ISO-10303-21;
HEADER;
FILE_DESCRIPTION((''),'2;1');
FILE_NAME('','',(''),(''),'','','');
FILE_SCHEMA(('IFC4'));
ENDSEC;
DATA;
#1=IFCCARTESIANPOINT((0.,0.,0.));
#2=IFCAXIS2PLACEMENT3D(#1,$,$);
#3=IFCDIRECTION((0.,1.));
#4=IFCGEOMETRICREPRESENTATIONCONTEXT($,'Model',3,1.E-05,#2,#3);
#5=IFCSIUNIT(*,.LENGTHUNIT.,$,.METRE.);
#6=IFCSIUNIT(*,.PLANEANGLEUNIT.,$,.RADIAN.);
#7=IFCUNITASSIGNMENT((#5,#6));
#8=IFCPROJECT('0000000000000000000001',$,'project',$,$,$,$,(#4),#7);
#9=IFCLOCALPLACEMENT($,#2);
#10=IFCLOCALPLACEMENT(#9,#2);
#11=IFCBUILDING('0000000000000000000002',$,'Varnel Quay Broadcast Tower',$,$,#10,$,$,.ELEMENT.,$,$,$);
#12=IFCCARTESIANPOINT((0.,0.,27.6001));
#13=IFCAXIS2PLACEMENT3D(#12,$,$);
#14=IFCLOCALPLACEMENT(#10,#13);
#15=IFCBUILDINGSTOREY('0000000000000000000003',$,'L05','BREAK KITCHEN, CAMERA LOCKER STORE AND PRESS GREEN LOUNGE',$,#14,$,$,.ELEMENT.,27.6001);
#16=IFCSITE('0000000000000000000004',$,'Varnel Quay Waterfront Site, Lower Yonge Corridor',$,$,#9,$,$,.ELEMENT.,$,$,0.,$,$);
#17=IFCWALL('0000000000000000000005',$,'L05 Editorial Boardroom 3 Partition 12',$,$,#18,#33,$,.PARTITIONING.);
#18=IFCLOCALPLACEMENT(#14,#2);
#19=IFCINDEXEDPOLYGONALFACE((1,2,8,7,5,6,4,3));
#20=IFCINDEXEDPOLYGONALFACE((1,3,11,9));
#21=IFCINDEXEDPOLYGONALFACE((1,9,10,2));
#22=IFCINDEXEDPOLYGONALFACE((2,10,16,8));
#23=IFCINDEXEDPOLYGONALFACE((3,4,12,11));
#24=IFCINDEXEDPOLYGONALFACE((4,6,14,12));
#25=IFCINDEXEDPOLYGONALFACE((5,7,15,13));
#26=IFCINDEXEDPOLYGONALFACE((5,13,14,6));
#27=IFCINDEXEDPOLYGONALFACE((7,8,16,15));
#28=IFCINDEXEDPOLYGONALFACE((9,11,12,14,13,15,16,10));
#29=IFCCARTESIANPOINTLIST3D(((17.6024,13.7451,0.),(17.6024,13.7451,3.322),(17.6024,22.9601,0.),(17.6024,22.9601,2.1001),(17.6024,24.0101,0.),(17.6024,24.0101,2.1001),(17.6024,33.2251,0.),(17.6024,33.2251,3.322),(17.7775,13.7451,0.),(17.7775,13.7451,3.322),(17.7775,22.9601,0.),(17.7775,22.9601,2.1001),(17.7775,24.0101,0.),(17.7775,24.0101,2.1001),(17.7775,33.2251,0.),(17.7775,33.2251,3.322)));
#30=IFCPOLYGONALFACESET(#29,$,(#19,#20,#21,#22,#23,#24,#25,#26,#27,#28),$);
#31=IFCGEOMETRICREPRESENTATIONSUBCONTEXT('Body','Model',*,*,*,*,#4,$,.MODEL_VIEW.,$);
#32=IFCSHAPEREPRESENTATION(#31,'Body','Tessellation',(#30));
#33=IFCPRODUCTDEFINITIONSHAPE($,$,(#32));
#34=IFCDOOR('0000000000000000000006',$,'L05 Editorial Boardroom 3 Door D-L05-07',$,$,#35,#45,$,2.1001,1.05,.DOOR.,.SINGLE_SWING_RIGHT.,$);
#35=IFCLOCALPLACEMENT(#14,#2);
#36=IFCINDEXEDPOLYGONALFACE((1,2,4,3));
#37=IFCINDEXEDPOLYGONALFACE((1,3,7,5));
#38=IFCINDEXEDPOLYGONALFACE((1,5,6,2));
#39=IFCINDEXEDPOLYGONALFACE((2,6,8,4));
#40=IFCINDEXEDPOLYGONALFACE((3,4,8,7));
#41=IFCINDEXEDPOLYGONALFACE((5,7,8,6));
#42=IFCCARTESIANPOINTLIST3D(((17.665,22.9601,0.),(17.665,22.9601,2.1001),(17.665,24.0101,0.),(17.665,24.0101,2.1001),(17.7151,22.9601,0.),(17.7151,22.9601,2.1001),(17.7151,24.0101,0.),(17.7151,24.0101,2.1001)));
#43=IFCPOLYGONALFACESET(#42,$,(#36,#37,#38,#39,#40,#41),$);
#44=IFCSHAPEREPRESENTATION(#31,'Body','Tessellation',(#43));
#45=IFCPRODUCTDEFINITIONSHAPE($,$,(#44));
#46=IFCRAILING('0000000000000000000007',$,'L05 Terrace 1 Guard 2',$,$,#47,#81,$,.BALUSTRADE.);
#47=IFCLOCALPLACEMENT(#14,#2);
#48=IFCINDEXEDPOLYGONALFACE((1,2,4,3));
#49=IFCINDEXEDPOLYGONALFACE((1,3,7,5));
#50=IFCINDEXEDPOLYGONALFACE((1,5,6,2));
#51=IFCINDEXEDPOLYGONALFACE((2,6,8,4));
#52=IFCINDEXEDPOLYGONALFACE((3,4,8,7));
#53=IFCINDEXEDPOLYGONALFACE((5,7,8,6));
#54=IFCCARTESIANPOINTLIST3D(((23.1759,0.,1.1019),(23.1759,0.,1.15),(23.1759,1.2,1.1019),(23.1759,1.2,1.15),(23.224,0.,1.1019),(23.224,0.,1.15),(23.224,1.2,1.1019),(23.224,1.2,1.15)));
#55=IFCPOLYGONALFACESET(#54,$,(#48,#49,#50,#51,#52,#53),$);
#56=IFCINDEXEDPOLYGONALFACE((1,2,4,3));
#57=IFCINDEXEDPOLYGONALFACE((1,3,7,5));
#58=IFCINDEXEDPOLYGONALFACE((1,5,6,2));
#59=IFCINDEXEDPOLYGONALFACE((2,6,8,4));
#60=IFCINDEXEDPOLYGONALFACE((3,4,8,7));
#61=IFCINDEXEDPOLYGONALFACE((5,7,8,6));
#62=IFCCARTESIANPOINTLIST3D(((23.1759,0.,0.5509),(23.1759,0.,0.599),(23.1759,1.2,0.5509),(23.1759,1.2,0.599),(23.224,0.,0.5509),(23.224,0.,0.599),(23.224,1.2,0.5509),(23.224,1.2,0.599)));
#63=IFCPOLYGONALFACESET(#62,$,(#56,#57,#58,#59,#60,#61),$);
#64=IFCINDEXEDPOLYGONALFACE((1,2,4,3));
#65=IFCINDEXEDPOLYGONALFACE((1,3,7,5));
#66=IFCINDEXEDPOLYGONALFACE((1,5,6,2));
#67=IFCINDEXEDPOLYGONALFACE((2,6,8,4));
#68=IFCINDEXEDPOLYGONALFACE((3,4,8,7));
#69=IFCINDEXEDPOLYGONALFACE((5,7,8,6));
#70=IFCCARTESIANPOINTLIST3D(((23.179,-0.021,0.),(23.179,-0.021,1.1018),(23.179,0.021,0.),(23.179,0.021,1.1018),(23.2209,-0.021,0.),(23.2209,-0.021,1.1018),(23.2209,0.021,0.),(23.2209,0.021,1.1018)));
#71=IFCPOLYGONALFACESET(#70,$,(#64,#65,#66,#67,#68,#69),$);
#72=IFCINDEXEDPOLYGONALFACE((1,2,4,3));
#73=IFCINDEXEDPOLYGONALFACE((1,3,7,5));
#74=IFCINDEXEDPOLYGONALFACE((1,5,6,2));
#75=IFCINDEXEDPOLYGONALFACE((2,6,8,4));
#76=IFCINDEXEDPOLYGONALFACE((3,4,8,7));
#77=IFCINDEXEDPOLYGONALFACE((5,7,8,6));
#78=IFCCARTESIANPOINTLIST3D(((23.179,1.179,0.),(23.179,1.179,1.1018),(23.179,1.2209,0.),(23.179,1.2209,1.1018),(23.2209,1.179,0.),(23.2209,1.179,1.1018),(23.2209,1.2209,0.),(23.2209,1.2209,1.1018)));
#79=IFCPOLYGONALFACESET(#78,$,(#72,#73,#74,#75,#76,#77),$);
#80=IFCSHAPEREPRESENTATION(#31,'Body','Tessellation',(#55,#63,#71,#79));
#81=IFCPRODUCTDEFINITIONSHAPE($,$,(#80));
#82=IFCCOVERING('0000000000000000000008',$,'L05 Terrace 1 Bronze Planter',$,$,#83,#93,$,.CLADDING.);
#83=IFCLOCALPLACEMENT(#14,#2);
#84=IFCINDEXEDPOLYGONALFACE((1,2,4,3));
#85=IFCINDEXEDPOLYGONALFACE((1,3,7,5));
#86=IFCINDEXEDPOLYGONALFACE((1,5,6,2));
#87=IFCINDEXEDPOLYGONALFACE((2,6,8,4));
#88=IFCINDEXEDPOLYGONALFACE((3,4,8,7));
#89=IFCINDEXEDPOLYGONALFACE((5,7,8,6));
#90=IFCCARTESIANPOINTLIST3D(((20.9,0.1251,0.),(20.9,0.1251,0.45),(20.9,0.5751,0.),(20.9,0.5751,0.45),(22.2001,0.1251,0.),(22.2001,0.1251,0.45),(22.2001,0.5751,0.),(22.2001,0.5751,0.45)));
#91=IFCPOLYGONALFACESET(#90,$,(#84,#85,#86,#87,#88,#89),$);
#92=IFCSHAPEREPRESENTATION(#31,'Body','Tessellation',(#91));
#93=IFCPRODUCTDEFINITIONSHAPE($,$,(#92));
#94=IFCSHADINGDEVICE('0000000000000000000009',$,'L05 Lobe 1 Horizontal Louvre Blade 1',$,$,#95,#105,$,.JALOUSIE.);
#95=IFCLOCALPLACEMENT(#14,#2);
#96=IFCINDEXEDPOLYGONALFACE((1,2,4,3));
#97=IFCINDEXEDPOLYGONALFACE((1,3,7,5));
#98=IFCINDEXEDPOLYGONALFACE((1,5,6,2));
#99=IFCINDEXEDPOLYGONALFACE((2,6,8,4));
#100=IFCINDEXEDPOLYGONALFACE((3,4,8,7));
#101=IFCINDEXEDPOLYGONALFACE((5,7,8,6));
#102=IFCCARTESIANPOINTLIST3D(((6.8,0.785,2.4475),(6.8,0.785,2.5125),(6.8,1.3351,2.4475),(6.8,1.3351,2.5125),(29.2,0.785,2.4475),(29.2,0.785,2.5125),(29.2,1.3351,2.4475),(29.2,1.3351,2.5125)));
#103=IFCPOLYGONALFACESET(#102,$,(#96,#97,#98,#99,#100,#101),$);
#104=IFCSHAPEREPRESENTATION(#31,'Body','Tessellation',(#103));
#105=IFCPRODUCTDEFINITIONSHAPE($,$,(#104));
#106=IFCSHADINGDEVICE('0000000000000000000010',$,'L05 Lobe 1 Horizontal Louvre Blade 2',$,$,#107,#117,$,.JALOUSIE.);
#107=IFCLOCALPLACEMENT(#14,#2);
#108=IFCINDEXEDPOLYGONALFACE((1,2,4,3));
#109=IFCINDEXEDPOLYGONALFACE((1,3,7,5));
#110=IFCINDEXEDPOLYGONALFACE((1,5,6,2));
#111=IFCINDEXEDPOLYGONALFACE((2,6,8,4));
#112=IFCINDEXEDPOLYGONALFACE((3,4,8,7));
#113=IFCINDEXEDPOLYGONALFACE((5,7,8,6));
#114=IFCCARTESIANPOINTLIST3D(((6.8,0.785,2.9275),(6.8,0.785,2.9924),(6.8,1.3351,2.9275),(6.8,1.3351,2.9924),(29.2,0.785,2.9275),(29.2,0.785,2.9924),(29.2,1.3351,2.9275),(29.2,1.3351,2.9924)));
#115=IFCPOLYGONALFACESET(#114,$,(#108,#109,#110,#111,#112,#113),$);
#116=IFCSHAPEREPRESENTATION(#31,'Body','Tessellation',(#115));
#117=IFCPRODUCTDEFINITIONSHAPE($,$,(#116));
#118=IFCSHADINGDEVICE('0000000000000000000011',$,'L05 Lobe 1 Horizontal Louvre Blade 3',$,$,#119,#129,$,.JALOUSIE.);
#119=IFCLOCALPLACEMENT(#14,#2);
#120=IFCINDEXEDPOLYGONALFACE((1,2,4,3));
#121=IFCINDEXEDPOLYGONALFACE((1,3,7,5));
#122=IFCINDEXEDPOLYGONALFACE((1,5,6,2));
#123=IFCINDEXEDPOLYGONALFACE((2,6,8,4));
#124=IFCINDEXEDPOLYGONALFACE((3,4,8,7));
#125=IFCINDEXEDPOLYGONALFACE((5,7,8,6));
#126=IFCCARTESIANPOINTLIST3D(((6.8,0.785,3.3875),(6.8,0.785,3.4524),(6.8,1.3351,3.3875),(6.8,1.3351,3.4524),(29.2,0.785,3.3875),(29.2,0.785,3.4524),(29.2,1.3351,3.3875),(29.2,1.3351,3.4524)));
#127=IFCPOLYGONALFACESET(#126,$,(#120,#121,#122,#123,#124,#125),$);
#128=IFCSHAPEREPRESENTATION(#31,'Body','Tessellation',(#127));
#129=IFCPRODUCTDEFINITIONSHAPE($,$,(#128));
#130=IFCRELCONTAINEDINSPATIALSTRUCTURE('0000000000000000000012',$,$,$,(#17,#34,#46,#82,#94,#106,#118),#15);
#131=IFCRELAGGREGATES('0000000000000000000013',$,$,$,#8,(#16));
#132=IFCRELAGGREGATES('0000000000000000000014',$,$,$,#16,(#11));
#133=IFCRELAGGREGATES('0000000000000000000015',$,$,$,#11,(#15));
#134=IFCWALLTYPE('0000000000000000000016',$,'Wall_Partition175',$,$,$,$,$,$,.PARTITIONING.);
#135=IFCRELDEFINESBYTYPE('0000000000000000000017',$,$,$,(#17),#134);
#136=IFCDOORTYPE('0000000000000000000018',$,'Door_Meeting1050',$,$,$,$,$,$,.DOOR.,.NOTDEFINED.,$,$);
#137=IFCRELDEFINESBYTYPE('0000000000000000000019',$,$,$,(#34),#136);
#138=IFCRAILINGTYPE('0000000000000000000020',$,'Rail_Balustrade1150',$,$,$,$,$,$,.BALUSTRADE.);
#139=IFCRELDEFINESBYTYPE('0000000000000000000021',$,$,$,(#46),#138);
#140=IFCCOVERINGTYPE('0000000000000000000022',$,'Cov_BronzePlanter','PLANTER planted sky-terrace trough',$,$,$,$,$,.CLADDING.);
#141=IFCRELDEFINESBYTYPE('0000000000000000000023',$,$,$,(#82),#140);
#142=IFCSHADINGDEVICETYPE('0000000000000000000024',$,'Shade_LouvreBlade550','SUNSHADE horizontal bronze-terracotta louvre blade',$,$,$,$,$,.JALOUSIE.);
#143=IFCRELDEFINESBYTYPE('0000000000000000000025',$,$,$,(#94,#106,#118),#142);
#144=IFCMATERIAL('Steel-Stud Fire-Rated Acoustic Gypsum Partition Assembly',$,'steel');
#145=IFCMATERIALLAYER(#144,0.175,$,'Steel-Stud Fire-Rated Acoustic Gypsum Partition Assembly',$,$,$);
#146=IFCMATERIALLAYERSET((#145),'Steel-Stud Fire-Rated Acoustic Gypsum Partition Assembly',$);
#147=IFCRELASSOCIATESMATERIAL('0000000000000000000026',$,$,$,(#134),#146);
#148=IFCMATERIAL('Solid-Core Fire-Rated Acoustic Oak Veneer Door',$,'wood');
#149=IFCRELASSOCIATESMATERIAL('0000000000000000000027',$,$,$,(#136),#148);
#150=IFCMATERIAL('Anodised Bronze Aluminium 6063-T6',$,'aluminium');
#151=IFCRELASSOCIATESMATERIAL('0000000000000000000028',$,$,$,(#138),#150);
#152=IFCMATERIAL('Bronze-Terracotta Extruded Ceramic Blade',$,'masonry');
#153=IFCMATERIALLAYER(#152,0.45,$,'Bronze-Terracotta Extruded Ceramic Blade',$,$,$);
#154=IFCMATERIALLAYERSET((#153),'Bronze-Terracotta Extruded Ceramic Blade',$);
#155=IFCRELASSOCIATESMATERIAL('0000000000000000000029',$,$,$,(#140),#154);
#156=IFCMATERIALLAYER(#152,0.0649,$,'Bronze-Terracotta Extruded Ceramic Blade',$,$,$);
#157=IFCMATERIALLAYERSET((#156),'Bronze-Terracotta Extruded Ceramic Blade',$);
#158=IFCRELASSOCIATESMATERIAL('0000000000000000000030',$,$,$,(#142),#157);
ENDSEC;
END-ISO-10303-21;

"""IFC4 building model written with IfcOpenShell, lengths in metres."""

from ifc_helpers import new_model, si_unit, direction, frame, frame_2d, origin, origin_2d, place, context, subcontext, project, spatial, rectangle, extrude, source, transform, mapped, material, layer, layer_set, type_object, type_shapes, element, fill, save


model = new_model("IFC4")

# Units and contexts
model_context = context("Model", 3, precision=1e-05, world=origin(), true_north=direction((0.0, 1.0)))
body_context = subcontext(model_context, "Body", "Model", "MODEL_VIEW")
ifc_project = project(units=[si_unit("LENGTHUNIT", "METRE"), si_unit("PLANEANGLEUNIT", "RADIAN")], contexts=[model_context])

# Site, building, storey
site_placement = place(None, origin())
site = spatial("IfcSite", under=ifc_project, at=site_placement, Name="Varnel Quay Waterfront Site, Lower Yonge Corridor", CompositionType="ELEMENT", RefElevation=0.0)
building_placement = place(site_placement, origin())
building = spatial("IfcBuilding", under=site, at=building_placement, Name="Varnel Quay Broadcast Tower", CompositionType="ELEMENT")
storey_placement = place(building_placement, frame((0.0, 0.0, 27.6001)))
storey = spatial("IfcBuildingStorey", under=building, at=storey_placement, Name="L05", Description="BREAK KITCHEN, CAMERA LOCKER STORE AND PRESS GREEN LOUNGE", CompositionType="ELEMENT", Elevation=27.6001)

# Shared definitions
ifc_material_1 = material(Name="Anodised Bronze Aluminium 6063-T6", Category="aluminium")

# Shared definitions
ifc_material_2 = material(Name="Steel-Stud Fire-Rated Acoustic Gypsum Partition Assembly", Category="steel")

# Shared definitions
ifc_material_3 = material(Name="Solid-Core Fire-Rated Acoustic Oak Veneer Door", Category="wood")

# Wall, opening, door
ifc_layer_1 = layer(ifc_material_2, 0.175, Name="Steel-Stud Fire-Rated Acoustic Gypsum Partition Assembly")
ifc_layer_set_1 = layer_set([ifc_layer_1], Name="Steel-Stud Fire-Rated Acoustic Gypsum Partition Assembly")
wall_type_1 = type_object("IfcWallType", Name="Wall_Partition175", PredefinedType="PARTITIONING", material=ifc_layer_set_1)
wall_1_placement = place(storey_placement, frame((17.6899, 13.7451, 0.0), z_axis=(0.0, 0.0, 1.0), x_axis=(0.0, 1.0, 0.0)))
wall_1 = element("IfcWall", 1, at=wall_1_placement, inside=storey, type_object=wall_type_1, Name="L05 Editorial Boardroom 3 Partition 12", PredefinedType="PARTITIONING", context=body_context, shape_type="SweptSolid", body=[
    extrude(rectangle(XDim=19.48, YDim=0.175, at=frame_2d((9.74, 0.0))), origin(), (0.0, 0.0, 1.0), 3.322),
])
opening_1_placement = place(wall_1_placement, frame((9.2151, 0.0, 0.0)))
opening_1 = element("IfcOpeningElement", 2, at=opening_1_placement, cuts=wall_1, PredefinedType="OPENING", context=body_context, shape_type="SweptSolid", body=[
    extrude(rectangle(XDim=1.05, YDim=2.1001, at=frame_2d((0.5249, 1.05))), frame((0.0, 0.0977, 0.0), z_axis=(0.0, -1.0, 0.0), x_axis=(1.0, 0.0, 0.0)), (0.0, 0.0, 1.0), 0.1951),
])
door_type_1 = type_object("IfcDoorType", Name="Door_Meeting1050", OperationType="NOTDEFINED", PredefinedType="DOOR", material=ifc_material_3)
shared_shape_1 = source(origin(), body_context, "Body", "SweptSolid", [
    extrude(rectangle(XDim=1.05, YDim=2.1001, at=frame_2d((0.5249, 1.05))), frame((0.0, 0.0249, 0.0), z_axis=(0.0, -1.0, 0.0), x_axis=(1.0, 0.0, 0.0)), (0.0, 0.0, 1.0), 0.05),
])
type_shapes(door_type_1, [shared_shape_1])
door_1_placement = place(opening_1_placement, origin())
door_1 = element("IfcDoor", 3, at=door_1_placement, inside=storey, type_object=door_type_1, Name="L05 Editorial Boardroom 3 Door D-L05-07", OperationType="SINGLE_SWING_RIGHT", OverallHeight=2.1001, OverallWidth=1.05, PredefinedType="DOOR", context=body_context, shape_type="MappedRepresentation", body=[
    mapped(shared_shape_1, transform((0.0, 0.0, 0.0), x_axis=(1.0, 0.0, 0.0), y_axis=(0.0, 1.0, 0.0), z_axis=(0.0, 0.0, 1.0), scale=1.0)),
])
fill(opening_1, door_1)

# Railing
railing_type = type_object("IfcRailingType", Name="Rail_Balustrade1150", PredefinedType="BALUSTRADE", material=ifc_material_1)
railing_placement = place(storey_placement, frame((23.2, 0.0, 0.0)))
element("IfcRailing", 4, at=railing_placement, inside=storey, type_object=railing_type, Name="L05 Terrace 1 Guard 2", PredefinedType="BALUSTRADE", context=body_context, shape_type="SweptSolid", body=[
    extrude(rectangle(XDim=0.0481, YDim=0.0481, at=origin_2d()), frame((0.0, 0.0, 1.126), z_axis=(0.0, 1.0, 0.0), x_axis=(-1.0, 0.0, 0.0)), (0.0, 0.0, 1.0), 1.2),
    extrude(rectangle(XDim=0.0481, YDim=0.0481, at=origin_2d()), frame((0.0, 0.0, 0.575), z_axis=(0.0, 1.0, 0.0), x_axis=(-1.0, 0.0, 0.0)), (0.0, 0.0, 1.0), 1.2),
    extrude(rectangle(XDim=0.042, YDim=0.042, at=origin_2d()), origin(), (0.0, 0.0, 1.0), 1.1018),
    extrude(rectangle(XDim=0.042, YDim=0.042, at=origin_2d()), frame((0.0, 1.2, 0.0)), (0.0, 0.0, 1.0), 1.1018),
])

# Covering
ifc_material_4 = material(Name="Bronze-Terracotta Extruded Ceramic Blade", Category="masonry")
ifc_layer_2 = layer(ifc_material_4, 0.45, Name="Bronze-Terracotta Extruded Ceramic Blade")
ifc_layer_set_2 = layer_set([ifc_layer_2], Name="Bronze-Terracotta Extruded Ceramic Blade")
covering_type = type_object("IfcCoveringType", Name="Cov_BronzePlanter", Description="PLANTER planted sky-terrace trough", PredefinedType="CLADDING", material=ifc_layer_set_2)
shared_shape_2 = source(origin(), body_context, "Body", "SweptSolid", [
    extrude(rectangle(XDim=1.3, YDim=0.45, at=origin_2d()), origin(), (0.0, 0.0, 1.0), 0.45),
])
type_shapes(covering_type, [shared_shape_2])
covering_placement = place(storey_placement, frame((21.55, 0.3501, 0.0), z_axis=(0.0, 0.0, 1.0), x_axis=(1.0, 0.0, 0.0)))
element("IfcCovering", 5, at=covering_placement, inside=storey, type_object=covering_type, Name="L05 Terrace 1 Bronze Planter", PredefinedType="CLADDING", context=body_context, shape_type="MappedRepresentation", body=[
    mapped(shared_shape_2, transform((0.0, 0.0, 0.0), x_axis=(1.0, 0.0, 0.0), y_axis=(0.0, 1.0, 0.0), z_axis=(0.0, 0.0, 1.0), scale=1.0)),
])

# Shading devices
ifc_layer_3 = layer(ifc_material_4, 0.0649, Name="Bronze-Terracotta Extruded Ceramic Blade")
ifc_layer_set_3 = layer_set([ifc_layer_3], Name="Bronze-Terracotta Extruded Ceramic Blade")
shading_device_type = type_object("IfcShadingDeviceType", Name="Shade_LouvreBlade550", Description="SUNSHADE horizontal bronze-terracotta louvre blade", PredefinedType="JALOUSIE", material=ifc_layer_set_3)
shared_shape_3 = source(origin(), body_context, "Body", "SweptSolid", [
    extrude(rectangle(XDim=22.3999, YDim=0.55, at=origin_2d()), origin(), (0.0, 0.0, 1.0), 0.0649),
])
type_shapes(shading_device_type, [shared_shape_3])
for number, where, z_axis, x_axis, name in (
    (6, (18.0, 1.0601, 2.4475), (0.0, 0.0, 1.0), (1.0, 0.0, 0.0), "L05 Lobe 1 Horizontal Louvre Blade 1"),
    (7, (18.0, 1.0601, 2.9275), (0.0, 0.0, 1.0), (1.0, 0.0, 0.0), "L05 Lobe 1 Horizontal Louvre Blade 2"),
    (8, (18.0, 1.0601, 3.3875), (0.0, 0.0, 1.0), (1.0, 0.0, 0.0), "L05 Lobe 1 Horizontal Louvre Blade 3"),
):
    element("IfcShadingDevice", number, at=place(storey_placement, frame(where, z_axis=z_axis, x_axis=x_axis)), inside=storey, type_object=shading_device_type, Name=name, PredefinedType="JALOUSIE", context=body_context, shape_type="MappedRepresentation", body=[
        mapped(shared_shape_3, transform((0.0, 0.0, 0.0), x_axis=(1.0, 0.0, 0.0), y_axis=(0.0, 1.0, 0.0), z_axis=(0.0, 0.0, 1.0), scale=1.0)),
    ])

save(model, "model.ifc")
